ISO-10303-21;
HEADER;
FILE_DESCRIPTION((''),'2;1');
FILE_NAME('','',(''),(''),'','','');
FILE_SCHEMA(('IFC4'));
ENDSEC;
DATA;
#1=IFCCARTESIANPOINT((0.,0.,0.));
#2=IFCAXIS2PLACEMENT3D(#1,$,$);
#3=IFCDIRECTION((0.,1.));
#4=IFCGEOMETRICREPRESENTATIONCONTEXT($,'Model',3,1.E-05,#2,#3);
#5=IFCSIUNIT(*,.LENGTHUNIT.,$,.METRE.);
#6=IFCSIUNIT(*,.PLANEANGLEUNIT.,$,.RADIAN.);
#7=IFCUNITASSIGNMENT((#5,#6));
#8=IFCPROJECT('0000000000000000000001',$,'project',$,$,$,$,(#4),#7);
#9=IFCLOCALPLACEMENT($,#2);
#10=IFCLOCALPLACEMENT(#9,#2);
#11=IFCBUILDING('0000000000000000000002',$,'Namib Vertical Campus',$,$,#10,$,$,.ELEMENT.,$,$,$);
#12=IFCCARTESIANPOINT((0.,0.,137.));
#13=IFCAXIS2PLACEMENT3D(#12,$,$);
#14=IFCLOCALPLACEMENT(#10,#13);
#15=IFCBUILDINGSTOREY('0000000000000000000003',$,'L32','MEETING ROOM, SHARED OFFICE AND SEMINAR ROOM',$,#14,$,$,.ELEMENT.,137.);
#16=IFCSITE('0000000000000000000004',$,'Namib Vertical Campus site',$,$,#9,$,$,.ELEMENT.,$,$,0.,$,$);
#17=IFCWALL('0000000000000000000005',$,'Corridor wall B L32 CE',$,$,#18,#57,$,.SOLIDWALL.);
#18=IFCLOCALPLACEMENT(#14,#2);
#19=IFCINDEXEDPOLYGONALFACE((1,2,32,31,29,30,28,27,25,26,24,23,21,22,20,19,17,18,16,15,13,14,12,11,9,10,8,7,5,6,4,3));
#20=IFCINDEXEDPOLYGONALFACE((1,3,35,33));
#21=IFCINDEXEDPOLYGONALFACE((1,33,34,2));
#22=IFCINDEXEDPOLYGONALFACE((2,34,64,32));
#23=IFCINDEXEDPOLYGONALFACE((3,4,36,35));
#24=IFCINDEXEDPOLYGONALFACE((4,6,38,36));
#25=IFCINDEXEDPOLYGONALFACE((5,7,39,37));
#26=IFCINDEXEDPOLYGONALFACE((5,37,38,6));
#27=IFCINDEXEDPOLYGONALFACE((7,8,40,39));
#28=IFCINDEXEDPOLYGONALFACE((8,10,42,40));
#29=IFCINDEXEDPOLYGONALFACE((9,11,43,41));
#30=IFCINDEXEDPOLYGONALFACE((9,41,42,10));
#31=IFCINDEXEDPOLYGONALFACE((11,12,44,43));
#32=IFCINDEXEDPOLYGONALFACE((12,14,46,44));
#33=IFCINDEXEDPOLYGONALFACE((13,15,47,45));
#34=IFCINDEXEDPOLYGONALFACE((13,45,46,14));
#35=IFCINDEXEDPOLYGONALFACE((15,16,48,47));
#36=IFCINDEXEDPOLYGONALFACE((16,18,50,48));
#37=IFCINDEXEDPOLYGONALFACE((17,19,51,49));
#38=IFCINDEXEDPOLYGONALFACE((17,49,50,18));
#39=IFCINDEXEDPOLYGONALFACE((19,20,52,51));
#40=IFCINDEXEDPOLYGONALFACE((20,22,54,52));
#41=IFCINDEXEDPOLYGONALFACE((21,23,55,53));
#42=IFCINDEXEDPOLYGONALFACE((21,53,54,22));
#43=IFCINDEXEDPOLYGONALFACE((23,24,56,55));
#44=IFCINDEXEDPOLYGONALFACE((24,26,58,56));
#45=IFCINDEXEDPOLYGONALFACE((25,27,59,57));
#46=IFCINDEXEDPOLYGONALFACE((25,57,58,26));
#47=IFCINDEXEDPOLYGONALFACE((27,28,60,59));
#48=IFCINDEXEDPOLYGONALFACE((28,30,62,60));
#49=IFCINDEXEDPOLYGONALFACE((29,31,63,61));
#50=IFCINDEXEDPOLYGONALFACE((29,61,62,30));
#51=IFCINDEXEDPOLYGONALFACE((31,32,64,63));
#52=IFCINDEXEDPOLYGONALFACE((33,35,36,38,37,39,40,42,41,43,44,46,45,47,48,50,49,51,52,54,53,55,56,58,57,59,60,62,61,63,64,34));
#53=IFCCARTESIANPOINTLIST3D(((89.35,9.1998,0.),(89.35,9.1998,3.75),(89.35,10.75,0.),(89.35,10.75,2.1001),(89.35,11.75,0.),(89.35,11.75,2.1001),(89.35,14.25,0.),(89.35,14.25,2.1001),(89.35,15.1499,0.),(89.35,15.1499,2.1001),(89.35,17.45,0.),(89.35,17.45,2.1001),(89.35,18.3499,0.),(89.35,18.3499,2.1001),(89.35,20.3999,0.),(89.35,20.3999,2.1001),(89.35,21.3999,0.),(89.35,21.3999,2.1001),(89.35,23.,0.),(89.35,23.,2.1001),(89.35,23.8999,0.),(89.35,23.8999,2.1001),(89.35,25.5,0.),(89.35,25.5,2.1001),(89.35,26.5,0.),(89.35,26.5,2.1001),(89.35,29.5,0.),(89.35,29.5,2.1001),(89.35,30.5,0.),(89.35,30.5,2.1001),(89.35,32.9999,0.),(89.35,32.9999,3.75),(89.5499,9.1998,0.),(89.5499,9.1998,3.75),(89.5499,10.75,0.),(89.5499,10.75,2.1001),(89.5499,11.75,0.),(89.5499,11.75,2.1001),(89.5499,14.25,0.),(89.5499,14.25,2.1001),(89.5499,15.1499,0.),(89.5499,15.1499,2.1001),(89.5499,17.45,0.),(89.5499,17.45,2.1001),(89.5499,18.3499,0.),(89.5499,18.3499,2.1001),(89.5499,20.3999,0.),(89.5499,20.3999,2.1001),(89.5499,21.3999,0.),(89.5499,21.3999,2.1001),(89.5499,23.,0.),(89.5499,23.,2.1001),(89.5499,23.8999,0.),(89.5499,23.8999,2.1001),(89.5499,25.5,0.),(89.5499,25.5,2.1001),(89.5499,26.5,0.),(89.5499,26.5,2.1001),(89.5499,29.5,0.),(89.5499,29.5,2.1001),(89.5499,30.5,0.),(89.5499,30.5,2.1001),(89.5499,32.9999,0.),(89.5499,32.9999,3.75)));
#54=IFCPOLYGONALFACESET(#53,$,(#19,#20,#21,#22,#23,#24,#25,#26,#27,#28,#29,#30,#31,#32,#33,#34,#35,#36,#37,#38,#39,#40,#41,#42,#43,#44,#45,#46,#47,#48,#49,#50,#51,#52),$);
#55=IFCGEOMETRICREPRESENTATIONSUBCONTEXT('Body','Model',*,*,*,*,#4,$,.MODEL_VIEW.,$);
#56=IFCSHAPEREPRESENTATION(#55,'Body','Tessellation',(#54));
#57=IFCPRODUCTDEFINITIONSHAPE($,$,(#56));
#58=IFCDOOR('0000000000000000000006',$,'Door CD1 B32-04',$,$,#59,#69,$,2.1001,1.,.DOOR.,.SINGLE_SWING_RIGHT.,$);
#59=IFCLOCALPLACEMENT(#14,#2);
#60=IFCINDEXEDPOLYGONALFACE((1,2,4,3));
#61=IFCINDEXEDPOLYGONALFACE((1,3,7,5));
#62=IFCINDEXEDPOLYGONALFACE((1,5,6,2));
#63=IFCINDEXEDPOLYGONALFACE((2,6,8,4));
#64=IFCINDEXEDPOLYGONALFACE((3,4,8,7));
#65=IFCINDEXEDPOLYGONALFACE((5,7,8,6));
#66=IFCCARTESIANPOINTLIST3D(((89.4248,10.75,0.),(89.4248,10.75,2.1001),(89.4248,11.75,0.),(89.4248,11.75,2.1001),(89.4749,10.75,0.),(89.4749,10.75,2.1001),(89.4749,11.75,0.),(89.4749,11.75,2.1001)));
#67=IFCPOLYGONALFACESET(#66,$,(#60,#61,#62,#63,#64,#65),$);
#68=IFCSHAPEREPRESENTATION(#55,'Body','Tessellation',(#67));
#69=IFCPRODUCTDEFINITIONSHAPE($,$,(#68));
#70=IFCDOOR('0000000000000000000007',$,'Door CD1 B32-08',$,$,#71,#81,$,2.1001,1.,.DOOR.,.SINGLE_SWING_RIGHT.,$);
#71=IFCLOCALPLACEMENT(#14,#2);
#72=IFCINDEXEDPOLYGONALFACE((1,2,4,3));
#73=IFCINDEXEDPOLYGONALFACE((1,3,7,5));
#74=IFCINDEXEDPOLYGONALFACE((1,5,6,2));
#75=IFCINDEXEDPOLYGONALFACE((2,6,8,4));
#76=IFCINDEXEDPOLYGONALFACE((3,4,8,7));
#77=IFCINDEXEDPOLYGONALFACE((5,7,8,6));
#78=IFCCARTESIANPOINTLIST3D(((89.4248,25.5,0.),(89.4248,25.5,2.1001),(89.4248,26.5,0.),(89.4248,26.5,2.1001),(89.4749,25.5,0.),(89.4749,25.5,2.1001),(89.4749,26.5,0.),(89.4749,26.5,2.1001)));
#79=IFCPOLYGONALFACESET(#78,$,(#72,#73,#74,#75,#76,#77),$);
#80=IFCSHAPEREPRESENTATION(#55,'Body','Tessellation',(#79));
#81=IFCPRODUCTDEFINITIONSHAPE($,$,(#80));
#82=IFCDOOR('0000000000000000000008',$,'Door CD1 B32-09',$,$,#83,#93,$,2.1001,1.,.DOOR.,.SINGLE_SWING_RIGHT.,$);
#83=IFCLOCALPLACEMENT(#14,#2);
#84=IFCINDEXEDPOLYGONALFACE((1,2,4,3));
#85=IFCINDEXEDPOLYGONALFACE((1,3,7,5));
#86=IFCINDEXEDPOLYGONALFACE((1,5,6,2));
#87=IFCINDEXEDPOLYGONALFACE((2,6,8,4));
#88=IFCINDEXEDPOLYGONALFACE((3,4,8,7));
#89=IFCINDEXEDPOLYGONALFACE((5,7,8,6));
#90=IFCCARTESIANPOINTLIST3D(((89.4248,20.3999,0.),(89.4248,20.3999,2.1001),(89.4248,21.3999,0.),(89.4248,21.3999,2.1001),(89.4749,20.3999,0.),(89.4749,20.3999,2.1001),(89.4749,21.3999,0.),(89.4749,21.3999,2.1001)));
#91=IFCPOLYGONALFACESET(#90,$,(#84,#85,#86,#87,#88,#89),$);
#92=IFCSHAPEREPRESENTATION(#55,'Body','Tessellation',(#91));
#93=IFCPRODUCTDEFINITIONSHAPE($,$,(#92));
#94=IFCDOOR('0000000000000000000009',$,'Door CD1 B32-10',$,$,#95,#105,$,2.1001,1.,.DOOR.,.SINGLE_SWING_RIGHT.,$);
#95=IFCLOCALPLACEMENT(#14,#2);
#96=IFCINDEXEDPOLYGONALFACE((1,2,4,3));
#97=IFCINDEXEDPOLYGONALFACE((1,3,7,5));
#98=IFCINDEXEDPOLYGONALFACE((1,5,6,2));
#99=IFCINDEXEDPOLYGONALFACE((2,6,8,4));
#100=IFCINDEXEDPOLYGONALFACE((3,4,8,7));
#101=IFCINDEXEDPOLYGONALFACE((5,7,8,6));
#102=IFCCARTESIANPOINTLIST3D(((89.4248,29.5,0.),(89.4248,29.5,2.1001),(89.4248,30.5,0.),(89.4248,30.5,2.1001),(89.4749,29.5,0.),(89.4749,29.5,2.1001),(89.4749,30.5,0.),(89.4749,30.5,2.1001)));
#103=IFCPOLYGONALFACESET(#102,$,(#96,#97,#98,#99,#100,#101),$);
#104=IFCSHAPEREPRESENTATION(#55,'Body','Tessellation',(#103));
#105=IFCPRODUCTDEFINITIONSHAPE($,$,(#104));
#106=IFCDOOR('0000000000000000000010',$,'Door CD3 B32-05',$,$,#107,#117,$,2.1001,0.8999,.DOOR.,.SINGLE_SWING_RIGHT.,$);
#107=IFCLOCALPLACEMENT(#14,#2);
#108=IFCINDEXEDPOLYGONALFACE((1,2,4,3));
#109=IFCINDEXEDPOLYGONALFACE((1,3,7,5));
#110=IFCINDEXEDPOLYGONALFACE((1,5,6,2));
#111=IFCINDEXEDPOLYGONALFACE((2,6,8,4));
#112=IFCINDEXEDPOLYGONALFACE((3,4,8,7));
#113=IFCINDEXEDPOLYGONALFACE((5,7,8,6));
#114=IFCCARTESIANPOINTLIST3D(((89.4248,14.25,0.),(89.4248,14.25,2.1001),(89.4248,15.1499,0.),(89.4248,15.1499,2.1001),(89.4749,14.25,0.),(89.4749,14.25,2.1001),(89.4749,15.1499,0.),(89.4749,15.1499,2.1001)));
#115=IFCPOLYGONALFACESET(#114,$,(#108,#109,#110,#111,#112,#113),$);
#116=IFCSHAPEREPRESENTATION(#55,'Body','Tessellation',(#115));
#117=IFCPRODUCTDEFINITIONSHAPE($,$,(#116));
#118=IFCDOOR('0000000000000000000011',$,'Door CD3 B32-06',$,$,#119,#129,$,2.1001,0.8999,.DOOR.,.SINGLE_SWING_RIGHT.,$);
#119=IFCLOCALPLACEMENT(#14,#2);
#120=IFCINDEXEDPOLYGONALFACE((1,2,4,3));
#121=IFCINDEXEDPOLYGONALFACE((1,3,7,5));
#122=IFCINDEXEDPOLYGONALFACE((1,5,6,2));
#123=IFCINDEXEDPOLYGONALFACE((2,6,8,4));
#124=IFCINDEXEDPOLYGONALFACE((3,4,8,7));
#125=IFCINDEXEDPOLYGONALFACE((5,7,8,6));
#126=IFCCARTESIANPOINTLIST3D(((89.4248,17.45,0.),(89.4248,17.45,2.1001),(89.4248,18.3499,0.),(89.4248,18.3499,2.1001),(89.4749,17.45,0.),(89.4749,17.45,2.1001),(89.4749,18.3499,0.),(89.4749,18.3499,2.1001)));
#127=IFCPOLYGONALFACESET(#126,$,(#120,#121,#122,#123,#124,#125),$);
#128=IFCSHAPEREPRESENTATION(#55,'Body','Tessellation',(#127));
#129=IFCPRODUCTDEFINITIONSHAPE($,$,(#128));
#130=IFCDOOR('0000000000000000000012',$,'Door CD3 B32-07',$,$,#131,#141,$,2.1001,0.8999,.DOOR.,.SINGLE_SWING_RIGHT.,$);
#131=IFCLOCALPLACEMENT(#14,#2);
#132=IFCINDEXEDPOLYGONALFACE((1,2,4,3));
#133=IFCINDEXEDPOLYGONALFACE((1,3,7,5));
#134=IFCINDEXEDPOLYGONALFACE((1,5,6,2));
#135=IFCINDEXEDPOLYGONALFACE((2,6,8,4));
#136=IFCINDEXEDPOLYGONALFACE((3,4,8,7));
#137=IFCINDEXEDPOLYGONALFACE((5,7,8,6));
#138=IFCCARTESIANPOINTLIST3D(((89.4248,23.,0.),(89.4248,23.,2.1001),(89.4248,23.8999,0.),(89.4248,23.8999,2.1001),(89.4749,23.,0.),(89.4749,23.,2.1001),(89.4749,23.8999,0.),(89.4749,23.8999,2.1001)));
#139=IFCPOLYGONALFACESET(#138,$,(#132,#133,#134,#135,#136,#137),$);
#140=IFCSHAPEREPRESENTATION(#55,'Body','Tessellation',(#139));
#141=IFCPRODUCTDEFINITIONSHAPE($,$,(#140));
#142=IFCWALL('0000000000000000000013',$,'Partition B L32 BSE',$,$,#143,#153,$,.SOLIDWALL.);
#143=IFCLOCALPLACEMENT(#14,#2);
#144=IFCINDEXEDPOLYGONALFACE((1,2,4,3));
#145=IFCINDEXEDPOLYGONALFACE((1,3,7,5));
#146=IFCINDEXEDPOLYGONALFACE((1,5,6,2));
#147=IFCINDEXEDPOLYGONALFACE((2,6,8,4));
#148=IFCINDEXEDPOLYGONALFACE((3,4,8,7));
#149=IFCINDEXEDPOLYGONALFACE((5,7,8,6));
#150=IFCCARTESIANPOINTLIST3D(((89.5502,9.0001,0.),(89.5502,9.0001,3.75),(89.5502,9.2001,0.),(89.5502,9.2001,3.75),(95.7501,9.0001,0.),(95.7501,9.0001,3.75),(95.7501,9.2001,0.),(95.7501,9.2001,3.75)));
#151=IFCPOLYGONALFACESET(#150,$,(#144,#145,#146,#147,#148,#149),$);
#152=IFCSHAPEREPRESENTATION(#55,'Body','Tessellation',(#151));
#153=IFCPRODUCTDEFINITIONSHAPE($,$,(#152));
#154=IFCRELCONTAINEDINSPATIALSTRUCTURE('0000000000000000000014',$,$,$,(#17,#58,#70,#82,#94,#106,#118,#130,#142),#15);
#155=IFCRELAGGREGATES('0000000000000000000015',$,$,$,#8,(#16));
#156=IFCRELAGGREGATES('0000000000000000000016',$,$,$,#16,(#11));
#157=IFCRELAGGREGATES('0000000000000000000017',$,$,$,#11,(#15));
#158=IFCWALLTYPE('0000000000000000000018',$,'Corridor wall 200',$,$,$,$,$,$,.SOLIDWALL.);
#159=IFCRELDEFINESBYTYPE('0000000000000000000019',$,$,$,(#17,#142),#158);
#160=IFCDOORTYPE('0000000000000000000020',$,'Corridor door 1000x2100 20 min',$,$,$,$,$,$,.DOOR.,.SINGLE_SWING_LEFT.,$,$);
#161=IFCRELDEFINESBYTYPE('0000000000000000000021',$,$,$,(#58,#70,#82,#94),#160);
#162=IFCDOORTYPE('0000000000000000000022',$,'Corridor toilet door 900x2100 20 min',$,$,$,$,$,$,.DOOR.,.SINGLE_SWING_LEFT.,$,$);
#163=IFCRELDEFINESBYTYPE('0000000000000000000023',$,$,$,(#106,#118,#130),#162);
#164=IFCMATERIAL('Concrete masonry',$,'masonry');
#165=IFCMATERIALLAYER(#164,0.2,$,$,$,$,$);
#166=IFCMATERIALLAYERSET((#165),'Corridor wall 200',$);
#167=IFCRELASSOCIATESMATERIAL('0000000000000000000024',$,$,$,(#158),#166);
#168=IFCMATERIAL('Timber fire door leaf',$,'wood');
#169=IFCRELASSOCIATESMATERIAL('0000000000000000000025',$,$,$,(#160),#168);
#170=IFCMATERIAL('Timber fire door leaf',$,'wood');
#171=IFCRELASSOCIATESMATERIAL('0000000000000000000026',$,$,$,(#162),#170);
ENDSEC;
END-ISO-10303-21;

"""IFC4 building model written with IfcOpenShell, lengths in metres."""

from ifc_helpers import new_model, si_unit, direction, frame, frame_2d, origin, place, context, subcontext, project, spatial, rectangle, extrude, material, layer, layer_set, type_object, element, fill, save


model = new_model("IFC4")

# Units and contexts
model_context = context("Model", 3, precision=1e-05, world=origin(), true_north=direction((0.0, 1.0)))
body_context = subcontext(model_context, "Body", "Model", "MODEL_VIEW")
ifc_project = project(units=[si_unit("LENGTHUNIT", "METRE"), si_unit("PLANEANGLEUNIT", "RADIAN")], contexts=[model_context])

# Site, building, storey
site_placement = place(None, origin())
site = spatial("IfcSite", under=ifc_project, at=site_placement, Name="Namib Vertical Campus site", CompositionType="ELEMENT", RefElevation=0.0)
building_placement = place(site_placement, origin())
building = spatial("IfcBuilding", under=site, at=building_placement, Name="Namib Vertical Campus", CompositionType="ELEMENT")
storey_placement = place(building_placement, frame((0.0, 0.0, 137.0)))
storey = spatial("IfcBuildingStorey", under=building, at=storey_placement, Name="L32", Description="MEETING ROOM, SHARED OFFICE AND SEMINAR ROOM", CompositionType="ELEMENT", Elevation=137.0)

# Wall, openings, doors
ifc_material_1 = material(Name="Concrete masonry", Category="masonry")
ifc_layer_1 = layer(ifc_material_1, 0.2)
ifc_layer_set_1 = layer_set([ifc_layer_1], Name="Corridor wall 200")
wall_type_1 = type_object("IfcWallType", Name="Corridor wall 200", PredefinedType="SOLIDWALL", material=ifc_layer_set_1)
wall_1_placement = place(storey_placement, frame((89.45, 9.2, 0.0), z_axis=(0.0, 0.0, 1.0), x_axis=(0.0, 1.0, 0.0)))
wall_1 = element("IfcWall", 1, at=wall_1_placement, inside=storey, type_object=wall_type_1, Name="Corridor wall B L32 CE", PredefinedType="SOLIDWALL", context=body_context, shape_type="SweptSolid", body=[
    extrude(rectangle(XDim=23.8, YDim=0.2, at=frame_2d((11.8999, 0.0))), origin(), (0.0, 0.0, 1.0), 3.75),
])
opening_1_placement = place(wall_1_placement, frame((1.55, 0.0, 0.0)))
opening_1 = element("IfcOpeningElement", 2, at=opening_1_placement, cuts=wall_1, PredefinedType="OPENING", context=body_context, shape_type="SweptSolid", body=[
    extrude(rectangle(XDim=1.0, YDim=2.1001, at=frame_2d((0.5, 1.05))), frame((0.0, 0.1099, 0.0), z_axis=(0.0, -1.0, 0.0), x_axis=(1.0, 0.0, 0.0)), (0.0, 0.0, 1.0), 0.22),
])
opening_2_placement = place(wall_1_placement, frame((5.05, 0.0, 0.0)))
opening_2 = element("IfcOpeningElement", 3, at=opening_2_placement, cuts=wall_1, PredefinedType="OPENING", context=body_context, shape_type="SweptSolid", body=[
    extrude(rectangle(XDim=0.8999, YDim=2.1001, at=frame_2d((0.45, 1.05))), frame((0.0, 0.1099, 0.0), z_axis=(0.0, -1.0, 0.0), x_axis=(1.0, 0.0, 0.0)), (0.0, 0.0, 1.0), 0.22),
])
opening_3_placement = place(wall_1_placement, frame((8.25, 0.0, 0.0)))
opening_3 = element("IfcOpeningElement", 4, at=opening_3_placement, cuts=wall_1, PredefinedType="OPENING", context=body_context, shape_type="SweptSolid", body=[
    extrude(rectangle(XDim=0.8999, YDim=2.1001, at=frame_2d((0.45, 1.05))), frame((0.0, 0.1099, 0.0), z_axis=(0.0, -1.0, 0.0), x_axis=(1.0, 0.0, 0.0)), (0.0, 0.0, 1.0), 0.22),
])
opening_4_placement = place(wall_1_placement, frame((13.8, 0.0, 0.0)))
opening_4 = element("IfcOpeningElement", 5, at=opening_4_placement, cuts=wall_1, PredefinedType="OPENING", context=body_context, shape_type="SweptSolid", body=[
    extrude(rectangle(XDim=0.8999, YDim=2.1001, at=frame_2d((0.45, 1.05))), frame((0.0, 0.1099, 0.0), z_axis=(0.0, -1.0, 0.0), x_axis=(1.0, 0.0, 0.0)), (0.0, 0.0, 1.0), 0.22),
])
opening_5_placement = place(wall_1_placement, frame((16.3, 0.0, 0.0)))
opening_5 = element("IfcOpeningElement", 6, at=opening_5_placement, cuts=wall_1, PredefinedType="OPENING", context=body_context, shape_type="SweptSolid", body=[
    extrude(rectangle(XDim=1.0, YDim=2.1001, at=frame_2d((0.5, 1.05))), frame((0.0, 0.1099, 0.0), z_axis=(0.0, -1.0, 0.0), x_axis=(1.0, 0.0, 0.0)), (0.0, 0.0, 1.0), 0.22),
])
opening_6_placement = place(wall_1_placement, frame((11.2, 0.0, 0.0)))
opening_6 = element("IfcOpeningElement", 7, at=opening_6_placement, cuts=wall_1, PredefinedType="OPENING", context=body_context, shape_type="SweptSolid", body=[
    extrude(rectangle(XDim=1.0, YDim=2.1001, at=frame_2d((0.5, 1.05))), frame((0.0, 0.1099, 0.0), z_axis=(0.0, -1.0, 0.0), x_axis=(1.0, 0.0, 0.0)), (0.0, 0.0, 1.0), 0.22),
])
opening_7_placement = place(wall_1_placement, frame((20.3, 0.0, 0.0)))
opening_7 = element("IfcOpeningElement", 8, at=opening_7_placement, cuts=wall_1, PredefinedType="OPENING", context=body_context, shape_type="SweptSolid", body=[
    extrude(rectangle(XDim=1.0, YDim=2.1001, at=frame_2d((0.5, 1.05))), frame((0.0, 0.1099, 0.0), z_axis=(0.0, -1.0, 0.0), x_axis=(1.0, 0.0, 0.0)), (0.0, 0.0, 1.0), 0.22),
])
ifc_material_2 = material(Name="Timber fire door leaf", Category="wood")
door_type_1 = type_object("IfcDoorType", Name="Corridor door 1000x2100 20 min", OperationType="SINGLE_SWING_LEFT", PredefinedType="DOOR", material=ifc_material_2)
door_1_placement = place(opening_1_placement, frame((1.0, 0.0, 0.0), z_axis=(0.0, 0.0, 1.0), x_axis=(-1.0, 0.0, 0.0)))
door_1 = element("IfcDoor", 9, at=door_1_placement, inside=storey, type_object=door_type_1, Name="Door CD1 B32-04", OperationType="SINGLE_SWING_RIGHT", OverallHeight=2.1001, OverallWidth=1.0, PredefinedType="DOOR", context=body_context, shape_type="SweptSolid", body=[
    extrude(rectangle(XDim=1.0, YDim=2.1001, at=frame_2d((0.5, 1.05))), frame((0.0, 0.0249, 0.0), z_axis=(0.0, -1.0, 0.0), x_axis=(1.0, 0.0, 0.0)), (0.0, 0.0, 1.0), 0.05),
])
fill(opening_1, door_1)
door_2_placement = place(opening_5_placement, frame((1.0, 0.0, 0.0), z_axis=(0.0, 0.0, 1.0), x_axis=(-1.0, 0.0, 0.0)))
door_2 = element("IfcDoor", 10, at=door_2_placement, inside=storey, type_object=door_type_1, Name="Door CD1 B32-08", OperationType="SINGLE_SWING_RIGHT", OverallHeight=2.1001, OverallWidth=1.0, PredefinedType="DOOR", context=body_context, shape_type="SweptSolid", body=[
    extrude(rectangle(XDim=1.0, YDim=2.1001, at=frame_2d((0.5, 1.05))), frame((0.0, 0.0249, 0.0), z_axis=(0.0, -1.0, 0.0), x_axis=(1.0, 0.0, 0.0)), (0.0, 0.0, 1.0), 0.05),
])
fill(opening_5, door_2)
door_3_placement = place(opening_6_placement, frame((1.0, 0.0, 0.0), z_axis=(0.0, 0.0, 1.0), x_axis=(-1.0, 0.0, 0.0)))
door_3 = element("IfcDoor", 11, at=door_3_placement, inside=storey, type_object=door_type_1, Name="Door CD1 B32-09", OperationType="SINGLE_SWING_RIGHT", OverallHeight=2.1001, OverallWidth=1.0, PredefinedType="DOOR", context=body_context, shape_type="SweptSolid", body=[
    extrude(rectangle(XDim=1.0, YDim=2.1001, at=frame_2d((0.5, 1.05))), frame((0.0, 0.0249, 0.0), z_axis=(0.0, -1.0, 0.0), x_axis=(1.0, 0.0, 0.0)), (0.0, 0.0, 1.0), 0.05),
])
fill(opening_6, door_3)
door_4_placement = place(opening_7_placement, frame((1.0, 0.0, 0.0), z_axis=(0.0, 0.0, 1.0), x_axis=(-1.0, 0.0, 0.0)))
door_4 = element("IfcDoor", 12, at=door_4_placement, inside=storey, type_object=door_type_1, Name="Door CD1 B32-10", OperationType="SINGLE_SWING_RIGHT", OverallHeight=2.1001, OverallWidth=1.0, PredefinedType="DOOR", context=body_context, shape_type="SweptSolid", body=[
    extrude(rectangle(XDim=1.0, YDim=2.1001, at=frame_2d((0.5, 1.05))), frame((0.0, 0.0249, 0.0), z_axis=(0.0, -1.0, 0.0), x_axis=(1.0, 0.0, 0.0)), (0.0, 0.0, 1.0), 0.05),
])
fill(opening_7, door_4)
ifc_material_3 = material(Name="Timber fire door leaf", Category="wood")
door_type_2 = type_object("IfcDoorType", Name="Corridor toilet door 900x2100 20 min", OperationType="SINGLE_SWING_LEFT", PredefinedType="DOOR", material=ifc_material_3)
door_5_placement = place(opening_2_placement, frame((0.8999, 0.0, 0.0), z_axis=(0.0, 0.0, 1.0), x_axis=(-1.0, 0.0, 0.0)))
door_5 = element("IfcDoor", 13, at=door_5_placement, inside=storey, type_object=door_type_2, Name="Door CD3 B32-05", OperationType="SINGLE_SWING_RIGHT", OverallHeight=2.1001, OverallWidth=0.8999, PredefinedType="DOOR", context=body_context, shape_type="SweptSolid", body=[
    extrude(rectangle(XDim=0.8999, YDim=2.1001, at=frame_2d((0.45, 1.05))), frame((0.0, 0.0249, 0.0), z_axis=(0.0, -1.0, 0.0), x_axis=(1.0, 0.0, 0.0)), (0.0, 0.0, 1.0), 0.05),
])
fill(opening_2, door_5)
door_6_placement = place(opening_3_placement, frame((0.8999, 0.0, 0.0), z_axis=(0.0, 0.0, 1.0), x_axis=(-1.0, 0.0, 0.0)))
door_6 = element("IfcDoor", 14, at=door_6_placement, inside=storey, type_object=door_type_2, Name="Door CD3 B32-06", OperationType="SINGLE_SWING_RIGHT", OverallHeight=2.1001, OverallWidth=0.8999, PredefinedType="DOOR", context=body_context, shape_type="SweptSolid", body=[
    extrude(rectangle(XDim=0.8999, YDim=2.1001, at=frame_2d((0.45, 1.05))), frame((0.0, 0.0249, 0.0), z_axis=(0.0, -1.0, 0.0), x_axis=(1.0, 0.0, 0.0)), (0.0, 0.0, 1.0), 0.05),
])
fill(opening_3, door_6)
door_7_placement = place(opening_4_placement, frame((0.8999, 0.0, 0.0), z_axis=(0.0, 0.0, 1.0), x_axis=(-1.0, 0.0, 0.0)))
door_7 = element("IfcDoor", 15, at=door_7_placement, inside=storey, type_object=door_type_2, Name="Door CD3 B32-07", OperationType="SINGLE_SWING_RIGHT", OverallHeight=2.1001, OverallWidth=0.8999, PredefinedType="DOOR", context=body_context, shape_type="SweptSolid", body=[
    extrude(rectangle(XDim=0.8999, YDim=2.1001, at=frame_2d((0.45, 1.05))), frame((0.0, 0.0249, 0.0), z_axis=(0.0, -1.0, 0.0), x_axis=(1.0, 0.0, 0.0)), (0.0, 0.0, 1.0), 0.05),
])
fill(opening_4, door_7)

# Wall
wall_2_placement = place(storey_placement, frame((89.55, 9.1001, 0.0), z_axis=(0.0, 0.0, 1.0), x_axis=(1.0, 0.0, 0.0)))
element("IfcWall", 16, at=wall_2_placement, inside=storey, type_object=wall_type_1, Name="Partition B L32 BSE", PredefinedType="SOLIDWALL", context=body_context, shape_type="SweptSolid", body=[
    extrude(rectangle(XDim=6.2, YDim=0.2, at=frame_2d((3.1001, 0.0))), origin(), (0.0, 0.0, 1.0), 3.75),
])

save(model, "model.ifc")
